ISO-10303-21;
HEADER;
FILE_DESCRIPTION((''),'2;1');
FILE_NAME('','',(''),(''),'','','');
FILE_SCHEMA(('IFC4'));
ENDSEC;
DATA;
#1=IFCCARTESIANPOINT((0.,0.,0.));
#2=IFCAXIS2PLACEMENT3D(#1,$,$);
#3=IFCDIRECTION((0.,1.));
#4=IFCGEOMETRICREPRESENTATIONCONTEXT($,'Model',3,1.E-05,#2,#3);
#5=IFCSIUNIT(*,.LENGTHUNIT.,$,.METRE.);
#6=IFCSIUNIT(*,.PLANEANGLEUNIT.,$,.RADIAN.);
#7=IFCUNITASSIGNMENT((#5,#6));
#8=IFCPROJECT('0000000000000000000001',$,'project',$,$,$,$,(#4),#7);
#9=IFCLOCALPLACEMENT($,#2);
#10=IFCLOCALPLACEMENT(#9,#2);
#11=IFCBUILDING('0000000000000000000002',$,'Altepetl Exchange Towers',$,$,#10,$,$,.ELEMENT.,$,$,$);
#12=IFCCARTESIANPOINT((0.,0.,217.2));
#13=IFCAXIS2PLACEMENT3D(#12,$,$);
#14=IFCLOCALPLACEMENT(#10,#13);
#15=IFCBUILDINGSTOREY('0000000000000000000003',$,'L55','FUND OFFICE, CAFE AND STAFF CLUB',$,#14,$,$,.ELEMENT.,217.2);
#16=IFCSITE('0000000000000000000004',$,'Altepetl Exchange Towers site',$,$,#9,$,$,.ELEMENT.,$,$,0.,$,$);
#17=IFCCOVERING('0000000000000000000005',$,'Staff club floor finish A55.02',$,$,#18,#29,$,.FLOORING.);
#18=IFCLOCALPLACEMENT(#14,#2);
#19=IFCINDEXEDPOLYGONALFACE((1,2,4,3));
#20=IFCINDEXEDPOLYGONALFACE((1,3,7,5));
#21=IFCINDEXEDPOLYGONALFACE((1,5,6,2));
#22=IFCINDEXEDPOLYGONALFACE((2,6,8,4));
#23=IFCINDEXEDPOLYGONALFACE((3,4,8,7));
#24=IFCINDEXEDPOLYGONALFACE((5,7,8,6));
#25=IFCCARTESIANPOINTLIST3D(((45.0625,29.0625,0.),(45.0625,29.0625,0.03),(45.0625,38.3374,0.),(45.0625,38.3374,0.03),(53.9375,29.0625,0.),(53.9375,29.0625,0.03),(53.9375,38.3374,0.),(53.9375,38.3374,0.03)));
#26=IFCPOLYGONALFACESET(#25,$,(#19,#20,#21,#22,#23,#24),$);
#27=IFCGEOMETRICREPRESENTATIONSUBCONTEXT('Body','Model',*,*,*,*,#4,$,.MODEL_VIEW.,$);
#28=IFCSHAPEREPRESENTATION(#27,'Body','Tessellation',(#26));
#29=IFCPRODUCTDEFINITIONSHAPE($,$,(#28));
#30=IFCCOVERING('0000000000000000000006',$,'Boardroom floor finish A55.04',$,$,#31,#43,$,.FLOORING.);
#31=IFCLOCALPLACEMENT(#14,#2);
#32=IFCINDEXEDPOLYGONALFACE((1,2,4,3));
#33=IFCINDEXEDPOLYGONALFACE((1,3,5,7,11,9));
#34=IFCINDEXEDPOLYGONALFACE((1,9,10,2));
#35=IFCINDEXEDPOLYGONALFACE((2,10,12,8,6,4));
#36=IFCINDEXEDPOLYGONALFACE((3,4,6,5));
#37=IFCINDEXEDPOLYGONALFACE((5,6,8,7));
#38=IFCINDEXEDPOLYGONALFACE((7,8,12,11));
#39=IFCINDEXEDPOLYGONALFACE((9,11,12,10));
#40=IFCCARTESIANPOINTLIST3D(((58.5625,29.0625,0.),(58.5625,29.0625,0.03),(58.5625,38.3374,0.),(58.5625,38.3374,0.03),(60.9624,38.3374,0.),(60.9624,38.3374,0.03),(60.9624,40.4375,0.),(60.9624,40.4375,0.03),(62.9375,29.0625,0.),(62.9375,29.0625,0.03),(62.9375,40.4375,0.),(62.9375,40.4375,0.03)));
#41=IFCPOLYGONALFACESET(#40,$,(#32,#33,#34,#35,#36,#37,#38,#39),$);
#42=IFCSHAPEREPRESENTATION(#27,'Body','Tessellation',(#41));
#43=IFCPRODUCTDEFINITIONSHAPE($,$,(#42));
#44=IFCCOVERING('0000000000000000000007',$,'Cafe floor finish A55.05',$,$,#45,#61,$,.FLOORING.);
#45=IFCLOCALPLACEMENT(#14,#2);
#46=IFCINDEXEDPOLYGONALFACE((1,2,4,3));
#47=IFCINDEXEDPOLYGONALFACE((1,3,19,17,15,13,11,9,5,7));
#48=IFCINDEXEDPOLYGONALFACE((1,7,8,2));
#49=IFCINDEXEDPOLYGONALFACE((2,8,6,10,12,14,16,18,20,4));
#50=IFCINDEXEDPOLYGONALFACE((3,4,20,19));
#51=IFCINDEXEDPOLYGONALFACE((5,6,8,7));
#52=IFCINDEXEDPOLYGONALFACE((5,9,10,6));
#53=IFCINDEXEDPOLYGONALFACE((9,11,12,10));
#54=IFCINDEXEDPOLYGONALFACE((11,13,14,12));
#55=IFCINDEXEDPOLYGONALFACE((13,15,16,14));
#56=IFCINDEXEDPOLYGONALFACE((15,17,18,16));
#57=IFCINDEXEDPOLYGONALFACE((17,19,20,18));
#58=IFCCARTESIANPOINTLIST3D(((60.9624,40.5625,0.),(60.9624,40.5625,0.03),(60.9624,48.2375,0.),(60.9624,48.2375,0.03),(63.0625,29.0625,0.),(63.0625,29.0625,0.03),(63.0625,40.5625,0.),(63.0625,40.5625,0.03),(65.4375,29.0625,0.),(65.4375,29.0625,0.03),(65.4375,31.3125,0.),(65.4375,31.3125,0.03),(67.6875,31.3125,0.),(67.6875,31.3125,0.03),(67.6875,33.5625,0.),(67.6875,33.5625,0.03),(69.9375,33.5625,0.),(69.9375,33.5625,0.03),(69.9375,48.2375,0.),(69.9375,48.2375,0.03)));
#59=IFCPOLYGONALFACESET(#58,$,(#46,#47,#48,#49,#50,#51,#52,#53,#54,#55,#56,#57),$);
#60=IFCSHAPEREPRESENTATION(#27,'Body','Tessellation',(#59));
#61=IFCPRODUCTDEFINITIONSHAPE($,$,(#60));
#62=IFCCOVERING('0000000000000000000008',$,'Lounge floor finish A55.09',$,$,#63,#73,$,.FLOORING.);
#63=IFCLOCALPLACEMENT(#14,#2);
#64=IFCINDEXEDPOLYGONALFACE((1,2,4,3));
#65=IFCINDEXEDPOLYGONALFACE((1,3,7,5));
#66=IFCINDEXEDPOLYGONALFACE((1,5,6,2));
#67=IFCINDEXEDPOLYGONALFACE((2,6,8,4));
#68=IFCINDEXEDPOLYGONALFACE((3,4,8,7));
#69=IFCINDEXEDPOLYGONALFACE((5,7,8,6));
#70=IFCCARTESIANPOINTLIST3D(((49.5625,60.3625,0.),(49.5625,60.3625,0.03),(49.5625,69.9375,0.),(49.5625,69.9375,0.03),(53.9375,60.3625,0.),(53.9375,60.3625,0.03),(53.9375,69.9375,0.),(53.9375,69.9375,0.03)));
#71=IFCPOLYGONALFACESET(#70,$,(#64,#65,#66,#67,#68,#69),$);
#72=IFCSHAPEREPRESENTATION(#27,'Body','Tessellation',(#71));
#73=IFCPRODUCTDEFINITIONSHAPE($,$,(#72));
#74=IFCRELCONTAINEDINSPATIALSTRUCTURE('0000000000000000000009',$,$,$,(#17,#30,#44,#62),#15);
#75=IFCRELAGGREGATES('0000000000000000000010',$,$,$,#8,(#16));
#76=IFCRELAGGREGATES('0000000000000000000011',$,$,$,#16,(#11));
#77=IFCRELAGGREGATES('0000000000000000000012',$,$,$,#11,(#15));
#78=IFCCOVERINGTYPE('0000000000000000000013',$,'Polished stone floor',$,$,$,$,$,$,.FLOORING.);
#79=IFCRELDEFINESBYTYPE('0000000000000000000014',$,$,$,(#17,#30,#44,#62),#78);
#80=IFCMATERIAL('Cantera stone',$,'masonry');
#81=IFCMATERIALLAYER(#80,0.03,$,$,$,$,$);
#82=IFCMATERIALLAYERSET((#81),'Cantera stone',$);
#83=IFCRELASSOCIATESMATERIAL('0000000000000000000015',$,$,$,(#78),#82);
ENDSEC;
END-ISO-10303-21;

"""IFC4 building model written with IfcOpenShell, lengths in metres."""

from ifc_helpers import new_model, si_unit, direction, frame, origin, place, context, subcontext, project, spatial, polyline, outline, extrude, material, layer, layer_set, type_object, element, save


model = new_model("IFC4")

# Units and contexts
model_context = context("Model", 3, precision=1e-05, world=origin(), true_north=direction((0.0, 1.0)))
body_context = subcontext(model_context, "Body", "Model", "MODEL_VIEW")
ifc_project = project(units=[si_unit("LENGTHUNIT", "METRE"), si_unit("PLANEANGLEUNIT", "RADIAN")], contexts=[model_context])

# Site, building, storey
site_placement = place(None, origin())
site = spatial("IfcSite", under=ifc_project, at=site_placement, Name="Altepetl Exchange Towers site", CompositionType="ELEMENT", RefElevation=0.0)
building_placement = place(site_placement, origin())
building = spatial("IfcBuilding", under=site, at=building_placement, Name="Altepetl Exchange Towers", CompositionType="ELEMENT")
storey_placement = place(building_placement, frame((0.0, 0.0, 217.2)))
storey = spatial("IfcBuildingStorey", under=building, at=storey_placement, Name="L55", Description="FUND OFFICE, CAFE AND STAFF CLUB", CompositionType="ELEMENT", Elevation=217.2)

# Coverings
ifc_material_1 = material(Name="Cantera stone", Category="masonry")
ifc_layer_1 = layer(ifc_material_1, 0.03)
ifc_layer_set_1 = layer_set([ifc_layer_1], Name="Cantera stone")
covering_type_1 = type_object("IfcCoveringType", Name="Polished stone floor", PredefinedType="FLOORING", material=ifc_layer_set_1)
covering_1_placement = place(storey_placement, origin())
element("IfcCovering", 1, at=covering_1_placement, inside=storey, type_object=covering_type_1, Name="Staff club floor finish A55.02", PredefinedType="FLOORING", context=body_context, shape_type="SweptSolid", body=[
    extrude(outline(polyline([(53.9375, 29.0625), (53.9375, 38.3374), (45.0625, 38.3374), (45.0625, 29.0625), (53.9375, 29.0625)])), origin(), (0.0, 0.0, 1.0), 0.03),
])
covering_2_placement = place(storey_placement, origin())
element("IfcCovering", 2, at=covering_2_placement, inside=storey, type_object=covering_type_1, Name="Boardroom floor finish A55.04", PredefinedType="FLOORING", context=body_context, shape_type="SweptSolid", body=[
    extrude(outline(polyline([(62.9375, 29.0625), (62.9375, 40.4375), (60.9624, 40.4375), (60.9624, 38.3374), (58.5625, 38.3374), (58.5625, 29.0625), (62.9375, 29.0625)])), origin(), (0.0, 0.0, 1.0), 0.03),
])
covering_3_placement = place(storey_placement, origin())
element("IfcCovering", 3, at=covering_3_placement, inside=storey, type_object=covering_type_1, Name="Cafe floor finish A55.05", PredefinedType="FLOORING", context=body_context, shape_type="SweptSolid", body=[
    extrude(outline(polyline([(67.6875, 31.3125), (67.6875, 33.5625), (69.9375, 33.5625), (69.9375, 48.2375), (60.9624, 48.2375), (60.9624, 40.5625), (63.0625, 40.5625), (63.0625, 29.0625), (65.4375, 29.0625), (65.4375, 31.3125), (67.6875, 31.3125)])), origin(), (0.0, 0.0, 1.0), 0.03),
])
covering_4_placement = place(storey_placement, origin())
element("IfcCovering", 4, at=covering_4_placement, inside=storey, type_object=covering_type_1, Name="Lounge floor finish A55.09", PredefinedType="FLOORING", context=body_context, shape_type="SweptSolid", body=[
    extrude(outline(polyline([(53.9375, 60.3625), (53.9375, 69.9375), (49.5625, 69.9375), (49.5625, 60.3625), (53.9375, 60.3625)])), origin(), (0.0, 0.0, 1.0), 0.03),
])

save(model, "model.ifc")
